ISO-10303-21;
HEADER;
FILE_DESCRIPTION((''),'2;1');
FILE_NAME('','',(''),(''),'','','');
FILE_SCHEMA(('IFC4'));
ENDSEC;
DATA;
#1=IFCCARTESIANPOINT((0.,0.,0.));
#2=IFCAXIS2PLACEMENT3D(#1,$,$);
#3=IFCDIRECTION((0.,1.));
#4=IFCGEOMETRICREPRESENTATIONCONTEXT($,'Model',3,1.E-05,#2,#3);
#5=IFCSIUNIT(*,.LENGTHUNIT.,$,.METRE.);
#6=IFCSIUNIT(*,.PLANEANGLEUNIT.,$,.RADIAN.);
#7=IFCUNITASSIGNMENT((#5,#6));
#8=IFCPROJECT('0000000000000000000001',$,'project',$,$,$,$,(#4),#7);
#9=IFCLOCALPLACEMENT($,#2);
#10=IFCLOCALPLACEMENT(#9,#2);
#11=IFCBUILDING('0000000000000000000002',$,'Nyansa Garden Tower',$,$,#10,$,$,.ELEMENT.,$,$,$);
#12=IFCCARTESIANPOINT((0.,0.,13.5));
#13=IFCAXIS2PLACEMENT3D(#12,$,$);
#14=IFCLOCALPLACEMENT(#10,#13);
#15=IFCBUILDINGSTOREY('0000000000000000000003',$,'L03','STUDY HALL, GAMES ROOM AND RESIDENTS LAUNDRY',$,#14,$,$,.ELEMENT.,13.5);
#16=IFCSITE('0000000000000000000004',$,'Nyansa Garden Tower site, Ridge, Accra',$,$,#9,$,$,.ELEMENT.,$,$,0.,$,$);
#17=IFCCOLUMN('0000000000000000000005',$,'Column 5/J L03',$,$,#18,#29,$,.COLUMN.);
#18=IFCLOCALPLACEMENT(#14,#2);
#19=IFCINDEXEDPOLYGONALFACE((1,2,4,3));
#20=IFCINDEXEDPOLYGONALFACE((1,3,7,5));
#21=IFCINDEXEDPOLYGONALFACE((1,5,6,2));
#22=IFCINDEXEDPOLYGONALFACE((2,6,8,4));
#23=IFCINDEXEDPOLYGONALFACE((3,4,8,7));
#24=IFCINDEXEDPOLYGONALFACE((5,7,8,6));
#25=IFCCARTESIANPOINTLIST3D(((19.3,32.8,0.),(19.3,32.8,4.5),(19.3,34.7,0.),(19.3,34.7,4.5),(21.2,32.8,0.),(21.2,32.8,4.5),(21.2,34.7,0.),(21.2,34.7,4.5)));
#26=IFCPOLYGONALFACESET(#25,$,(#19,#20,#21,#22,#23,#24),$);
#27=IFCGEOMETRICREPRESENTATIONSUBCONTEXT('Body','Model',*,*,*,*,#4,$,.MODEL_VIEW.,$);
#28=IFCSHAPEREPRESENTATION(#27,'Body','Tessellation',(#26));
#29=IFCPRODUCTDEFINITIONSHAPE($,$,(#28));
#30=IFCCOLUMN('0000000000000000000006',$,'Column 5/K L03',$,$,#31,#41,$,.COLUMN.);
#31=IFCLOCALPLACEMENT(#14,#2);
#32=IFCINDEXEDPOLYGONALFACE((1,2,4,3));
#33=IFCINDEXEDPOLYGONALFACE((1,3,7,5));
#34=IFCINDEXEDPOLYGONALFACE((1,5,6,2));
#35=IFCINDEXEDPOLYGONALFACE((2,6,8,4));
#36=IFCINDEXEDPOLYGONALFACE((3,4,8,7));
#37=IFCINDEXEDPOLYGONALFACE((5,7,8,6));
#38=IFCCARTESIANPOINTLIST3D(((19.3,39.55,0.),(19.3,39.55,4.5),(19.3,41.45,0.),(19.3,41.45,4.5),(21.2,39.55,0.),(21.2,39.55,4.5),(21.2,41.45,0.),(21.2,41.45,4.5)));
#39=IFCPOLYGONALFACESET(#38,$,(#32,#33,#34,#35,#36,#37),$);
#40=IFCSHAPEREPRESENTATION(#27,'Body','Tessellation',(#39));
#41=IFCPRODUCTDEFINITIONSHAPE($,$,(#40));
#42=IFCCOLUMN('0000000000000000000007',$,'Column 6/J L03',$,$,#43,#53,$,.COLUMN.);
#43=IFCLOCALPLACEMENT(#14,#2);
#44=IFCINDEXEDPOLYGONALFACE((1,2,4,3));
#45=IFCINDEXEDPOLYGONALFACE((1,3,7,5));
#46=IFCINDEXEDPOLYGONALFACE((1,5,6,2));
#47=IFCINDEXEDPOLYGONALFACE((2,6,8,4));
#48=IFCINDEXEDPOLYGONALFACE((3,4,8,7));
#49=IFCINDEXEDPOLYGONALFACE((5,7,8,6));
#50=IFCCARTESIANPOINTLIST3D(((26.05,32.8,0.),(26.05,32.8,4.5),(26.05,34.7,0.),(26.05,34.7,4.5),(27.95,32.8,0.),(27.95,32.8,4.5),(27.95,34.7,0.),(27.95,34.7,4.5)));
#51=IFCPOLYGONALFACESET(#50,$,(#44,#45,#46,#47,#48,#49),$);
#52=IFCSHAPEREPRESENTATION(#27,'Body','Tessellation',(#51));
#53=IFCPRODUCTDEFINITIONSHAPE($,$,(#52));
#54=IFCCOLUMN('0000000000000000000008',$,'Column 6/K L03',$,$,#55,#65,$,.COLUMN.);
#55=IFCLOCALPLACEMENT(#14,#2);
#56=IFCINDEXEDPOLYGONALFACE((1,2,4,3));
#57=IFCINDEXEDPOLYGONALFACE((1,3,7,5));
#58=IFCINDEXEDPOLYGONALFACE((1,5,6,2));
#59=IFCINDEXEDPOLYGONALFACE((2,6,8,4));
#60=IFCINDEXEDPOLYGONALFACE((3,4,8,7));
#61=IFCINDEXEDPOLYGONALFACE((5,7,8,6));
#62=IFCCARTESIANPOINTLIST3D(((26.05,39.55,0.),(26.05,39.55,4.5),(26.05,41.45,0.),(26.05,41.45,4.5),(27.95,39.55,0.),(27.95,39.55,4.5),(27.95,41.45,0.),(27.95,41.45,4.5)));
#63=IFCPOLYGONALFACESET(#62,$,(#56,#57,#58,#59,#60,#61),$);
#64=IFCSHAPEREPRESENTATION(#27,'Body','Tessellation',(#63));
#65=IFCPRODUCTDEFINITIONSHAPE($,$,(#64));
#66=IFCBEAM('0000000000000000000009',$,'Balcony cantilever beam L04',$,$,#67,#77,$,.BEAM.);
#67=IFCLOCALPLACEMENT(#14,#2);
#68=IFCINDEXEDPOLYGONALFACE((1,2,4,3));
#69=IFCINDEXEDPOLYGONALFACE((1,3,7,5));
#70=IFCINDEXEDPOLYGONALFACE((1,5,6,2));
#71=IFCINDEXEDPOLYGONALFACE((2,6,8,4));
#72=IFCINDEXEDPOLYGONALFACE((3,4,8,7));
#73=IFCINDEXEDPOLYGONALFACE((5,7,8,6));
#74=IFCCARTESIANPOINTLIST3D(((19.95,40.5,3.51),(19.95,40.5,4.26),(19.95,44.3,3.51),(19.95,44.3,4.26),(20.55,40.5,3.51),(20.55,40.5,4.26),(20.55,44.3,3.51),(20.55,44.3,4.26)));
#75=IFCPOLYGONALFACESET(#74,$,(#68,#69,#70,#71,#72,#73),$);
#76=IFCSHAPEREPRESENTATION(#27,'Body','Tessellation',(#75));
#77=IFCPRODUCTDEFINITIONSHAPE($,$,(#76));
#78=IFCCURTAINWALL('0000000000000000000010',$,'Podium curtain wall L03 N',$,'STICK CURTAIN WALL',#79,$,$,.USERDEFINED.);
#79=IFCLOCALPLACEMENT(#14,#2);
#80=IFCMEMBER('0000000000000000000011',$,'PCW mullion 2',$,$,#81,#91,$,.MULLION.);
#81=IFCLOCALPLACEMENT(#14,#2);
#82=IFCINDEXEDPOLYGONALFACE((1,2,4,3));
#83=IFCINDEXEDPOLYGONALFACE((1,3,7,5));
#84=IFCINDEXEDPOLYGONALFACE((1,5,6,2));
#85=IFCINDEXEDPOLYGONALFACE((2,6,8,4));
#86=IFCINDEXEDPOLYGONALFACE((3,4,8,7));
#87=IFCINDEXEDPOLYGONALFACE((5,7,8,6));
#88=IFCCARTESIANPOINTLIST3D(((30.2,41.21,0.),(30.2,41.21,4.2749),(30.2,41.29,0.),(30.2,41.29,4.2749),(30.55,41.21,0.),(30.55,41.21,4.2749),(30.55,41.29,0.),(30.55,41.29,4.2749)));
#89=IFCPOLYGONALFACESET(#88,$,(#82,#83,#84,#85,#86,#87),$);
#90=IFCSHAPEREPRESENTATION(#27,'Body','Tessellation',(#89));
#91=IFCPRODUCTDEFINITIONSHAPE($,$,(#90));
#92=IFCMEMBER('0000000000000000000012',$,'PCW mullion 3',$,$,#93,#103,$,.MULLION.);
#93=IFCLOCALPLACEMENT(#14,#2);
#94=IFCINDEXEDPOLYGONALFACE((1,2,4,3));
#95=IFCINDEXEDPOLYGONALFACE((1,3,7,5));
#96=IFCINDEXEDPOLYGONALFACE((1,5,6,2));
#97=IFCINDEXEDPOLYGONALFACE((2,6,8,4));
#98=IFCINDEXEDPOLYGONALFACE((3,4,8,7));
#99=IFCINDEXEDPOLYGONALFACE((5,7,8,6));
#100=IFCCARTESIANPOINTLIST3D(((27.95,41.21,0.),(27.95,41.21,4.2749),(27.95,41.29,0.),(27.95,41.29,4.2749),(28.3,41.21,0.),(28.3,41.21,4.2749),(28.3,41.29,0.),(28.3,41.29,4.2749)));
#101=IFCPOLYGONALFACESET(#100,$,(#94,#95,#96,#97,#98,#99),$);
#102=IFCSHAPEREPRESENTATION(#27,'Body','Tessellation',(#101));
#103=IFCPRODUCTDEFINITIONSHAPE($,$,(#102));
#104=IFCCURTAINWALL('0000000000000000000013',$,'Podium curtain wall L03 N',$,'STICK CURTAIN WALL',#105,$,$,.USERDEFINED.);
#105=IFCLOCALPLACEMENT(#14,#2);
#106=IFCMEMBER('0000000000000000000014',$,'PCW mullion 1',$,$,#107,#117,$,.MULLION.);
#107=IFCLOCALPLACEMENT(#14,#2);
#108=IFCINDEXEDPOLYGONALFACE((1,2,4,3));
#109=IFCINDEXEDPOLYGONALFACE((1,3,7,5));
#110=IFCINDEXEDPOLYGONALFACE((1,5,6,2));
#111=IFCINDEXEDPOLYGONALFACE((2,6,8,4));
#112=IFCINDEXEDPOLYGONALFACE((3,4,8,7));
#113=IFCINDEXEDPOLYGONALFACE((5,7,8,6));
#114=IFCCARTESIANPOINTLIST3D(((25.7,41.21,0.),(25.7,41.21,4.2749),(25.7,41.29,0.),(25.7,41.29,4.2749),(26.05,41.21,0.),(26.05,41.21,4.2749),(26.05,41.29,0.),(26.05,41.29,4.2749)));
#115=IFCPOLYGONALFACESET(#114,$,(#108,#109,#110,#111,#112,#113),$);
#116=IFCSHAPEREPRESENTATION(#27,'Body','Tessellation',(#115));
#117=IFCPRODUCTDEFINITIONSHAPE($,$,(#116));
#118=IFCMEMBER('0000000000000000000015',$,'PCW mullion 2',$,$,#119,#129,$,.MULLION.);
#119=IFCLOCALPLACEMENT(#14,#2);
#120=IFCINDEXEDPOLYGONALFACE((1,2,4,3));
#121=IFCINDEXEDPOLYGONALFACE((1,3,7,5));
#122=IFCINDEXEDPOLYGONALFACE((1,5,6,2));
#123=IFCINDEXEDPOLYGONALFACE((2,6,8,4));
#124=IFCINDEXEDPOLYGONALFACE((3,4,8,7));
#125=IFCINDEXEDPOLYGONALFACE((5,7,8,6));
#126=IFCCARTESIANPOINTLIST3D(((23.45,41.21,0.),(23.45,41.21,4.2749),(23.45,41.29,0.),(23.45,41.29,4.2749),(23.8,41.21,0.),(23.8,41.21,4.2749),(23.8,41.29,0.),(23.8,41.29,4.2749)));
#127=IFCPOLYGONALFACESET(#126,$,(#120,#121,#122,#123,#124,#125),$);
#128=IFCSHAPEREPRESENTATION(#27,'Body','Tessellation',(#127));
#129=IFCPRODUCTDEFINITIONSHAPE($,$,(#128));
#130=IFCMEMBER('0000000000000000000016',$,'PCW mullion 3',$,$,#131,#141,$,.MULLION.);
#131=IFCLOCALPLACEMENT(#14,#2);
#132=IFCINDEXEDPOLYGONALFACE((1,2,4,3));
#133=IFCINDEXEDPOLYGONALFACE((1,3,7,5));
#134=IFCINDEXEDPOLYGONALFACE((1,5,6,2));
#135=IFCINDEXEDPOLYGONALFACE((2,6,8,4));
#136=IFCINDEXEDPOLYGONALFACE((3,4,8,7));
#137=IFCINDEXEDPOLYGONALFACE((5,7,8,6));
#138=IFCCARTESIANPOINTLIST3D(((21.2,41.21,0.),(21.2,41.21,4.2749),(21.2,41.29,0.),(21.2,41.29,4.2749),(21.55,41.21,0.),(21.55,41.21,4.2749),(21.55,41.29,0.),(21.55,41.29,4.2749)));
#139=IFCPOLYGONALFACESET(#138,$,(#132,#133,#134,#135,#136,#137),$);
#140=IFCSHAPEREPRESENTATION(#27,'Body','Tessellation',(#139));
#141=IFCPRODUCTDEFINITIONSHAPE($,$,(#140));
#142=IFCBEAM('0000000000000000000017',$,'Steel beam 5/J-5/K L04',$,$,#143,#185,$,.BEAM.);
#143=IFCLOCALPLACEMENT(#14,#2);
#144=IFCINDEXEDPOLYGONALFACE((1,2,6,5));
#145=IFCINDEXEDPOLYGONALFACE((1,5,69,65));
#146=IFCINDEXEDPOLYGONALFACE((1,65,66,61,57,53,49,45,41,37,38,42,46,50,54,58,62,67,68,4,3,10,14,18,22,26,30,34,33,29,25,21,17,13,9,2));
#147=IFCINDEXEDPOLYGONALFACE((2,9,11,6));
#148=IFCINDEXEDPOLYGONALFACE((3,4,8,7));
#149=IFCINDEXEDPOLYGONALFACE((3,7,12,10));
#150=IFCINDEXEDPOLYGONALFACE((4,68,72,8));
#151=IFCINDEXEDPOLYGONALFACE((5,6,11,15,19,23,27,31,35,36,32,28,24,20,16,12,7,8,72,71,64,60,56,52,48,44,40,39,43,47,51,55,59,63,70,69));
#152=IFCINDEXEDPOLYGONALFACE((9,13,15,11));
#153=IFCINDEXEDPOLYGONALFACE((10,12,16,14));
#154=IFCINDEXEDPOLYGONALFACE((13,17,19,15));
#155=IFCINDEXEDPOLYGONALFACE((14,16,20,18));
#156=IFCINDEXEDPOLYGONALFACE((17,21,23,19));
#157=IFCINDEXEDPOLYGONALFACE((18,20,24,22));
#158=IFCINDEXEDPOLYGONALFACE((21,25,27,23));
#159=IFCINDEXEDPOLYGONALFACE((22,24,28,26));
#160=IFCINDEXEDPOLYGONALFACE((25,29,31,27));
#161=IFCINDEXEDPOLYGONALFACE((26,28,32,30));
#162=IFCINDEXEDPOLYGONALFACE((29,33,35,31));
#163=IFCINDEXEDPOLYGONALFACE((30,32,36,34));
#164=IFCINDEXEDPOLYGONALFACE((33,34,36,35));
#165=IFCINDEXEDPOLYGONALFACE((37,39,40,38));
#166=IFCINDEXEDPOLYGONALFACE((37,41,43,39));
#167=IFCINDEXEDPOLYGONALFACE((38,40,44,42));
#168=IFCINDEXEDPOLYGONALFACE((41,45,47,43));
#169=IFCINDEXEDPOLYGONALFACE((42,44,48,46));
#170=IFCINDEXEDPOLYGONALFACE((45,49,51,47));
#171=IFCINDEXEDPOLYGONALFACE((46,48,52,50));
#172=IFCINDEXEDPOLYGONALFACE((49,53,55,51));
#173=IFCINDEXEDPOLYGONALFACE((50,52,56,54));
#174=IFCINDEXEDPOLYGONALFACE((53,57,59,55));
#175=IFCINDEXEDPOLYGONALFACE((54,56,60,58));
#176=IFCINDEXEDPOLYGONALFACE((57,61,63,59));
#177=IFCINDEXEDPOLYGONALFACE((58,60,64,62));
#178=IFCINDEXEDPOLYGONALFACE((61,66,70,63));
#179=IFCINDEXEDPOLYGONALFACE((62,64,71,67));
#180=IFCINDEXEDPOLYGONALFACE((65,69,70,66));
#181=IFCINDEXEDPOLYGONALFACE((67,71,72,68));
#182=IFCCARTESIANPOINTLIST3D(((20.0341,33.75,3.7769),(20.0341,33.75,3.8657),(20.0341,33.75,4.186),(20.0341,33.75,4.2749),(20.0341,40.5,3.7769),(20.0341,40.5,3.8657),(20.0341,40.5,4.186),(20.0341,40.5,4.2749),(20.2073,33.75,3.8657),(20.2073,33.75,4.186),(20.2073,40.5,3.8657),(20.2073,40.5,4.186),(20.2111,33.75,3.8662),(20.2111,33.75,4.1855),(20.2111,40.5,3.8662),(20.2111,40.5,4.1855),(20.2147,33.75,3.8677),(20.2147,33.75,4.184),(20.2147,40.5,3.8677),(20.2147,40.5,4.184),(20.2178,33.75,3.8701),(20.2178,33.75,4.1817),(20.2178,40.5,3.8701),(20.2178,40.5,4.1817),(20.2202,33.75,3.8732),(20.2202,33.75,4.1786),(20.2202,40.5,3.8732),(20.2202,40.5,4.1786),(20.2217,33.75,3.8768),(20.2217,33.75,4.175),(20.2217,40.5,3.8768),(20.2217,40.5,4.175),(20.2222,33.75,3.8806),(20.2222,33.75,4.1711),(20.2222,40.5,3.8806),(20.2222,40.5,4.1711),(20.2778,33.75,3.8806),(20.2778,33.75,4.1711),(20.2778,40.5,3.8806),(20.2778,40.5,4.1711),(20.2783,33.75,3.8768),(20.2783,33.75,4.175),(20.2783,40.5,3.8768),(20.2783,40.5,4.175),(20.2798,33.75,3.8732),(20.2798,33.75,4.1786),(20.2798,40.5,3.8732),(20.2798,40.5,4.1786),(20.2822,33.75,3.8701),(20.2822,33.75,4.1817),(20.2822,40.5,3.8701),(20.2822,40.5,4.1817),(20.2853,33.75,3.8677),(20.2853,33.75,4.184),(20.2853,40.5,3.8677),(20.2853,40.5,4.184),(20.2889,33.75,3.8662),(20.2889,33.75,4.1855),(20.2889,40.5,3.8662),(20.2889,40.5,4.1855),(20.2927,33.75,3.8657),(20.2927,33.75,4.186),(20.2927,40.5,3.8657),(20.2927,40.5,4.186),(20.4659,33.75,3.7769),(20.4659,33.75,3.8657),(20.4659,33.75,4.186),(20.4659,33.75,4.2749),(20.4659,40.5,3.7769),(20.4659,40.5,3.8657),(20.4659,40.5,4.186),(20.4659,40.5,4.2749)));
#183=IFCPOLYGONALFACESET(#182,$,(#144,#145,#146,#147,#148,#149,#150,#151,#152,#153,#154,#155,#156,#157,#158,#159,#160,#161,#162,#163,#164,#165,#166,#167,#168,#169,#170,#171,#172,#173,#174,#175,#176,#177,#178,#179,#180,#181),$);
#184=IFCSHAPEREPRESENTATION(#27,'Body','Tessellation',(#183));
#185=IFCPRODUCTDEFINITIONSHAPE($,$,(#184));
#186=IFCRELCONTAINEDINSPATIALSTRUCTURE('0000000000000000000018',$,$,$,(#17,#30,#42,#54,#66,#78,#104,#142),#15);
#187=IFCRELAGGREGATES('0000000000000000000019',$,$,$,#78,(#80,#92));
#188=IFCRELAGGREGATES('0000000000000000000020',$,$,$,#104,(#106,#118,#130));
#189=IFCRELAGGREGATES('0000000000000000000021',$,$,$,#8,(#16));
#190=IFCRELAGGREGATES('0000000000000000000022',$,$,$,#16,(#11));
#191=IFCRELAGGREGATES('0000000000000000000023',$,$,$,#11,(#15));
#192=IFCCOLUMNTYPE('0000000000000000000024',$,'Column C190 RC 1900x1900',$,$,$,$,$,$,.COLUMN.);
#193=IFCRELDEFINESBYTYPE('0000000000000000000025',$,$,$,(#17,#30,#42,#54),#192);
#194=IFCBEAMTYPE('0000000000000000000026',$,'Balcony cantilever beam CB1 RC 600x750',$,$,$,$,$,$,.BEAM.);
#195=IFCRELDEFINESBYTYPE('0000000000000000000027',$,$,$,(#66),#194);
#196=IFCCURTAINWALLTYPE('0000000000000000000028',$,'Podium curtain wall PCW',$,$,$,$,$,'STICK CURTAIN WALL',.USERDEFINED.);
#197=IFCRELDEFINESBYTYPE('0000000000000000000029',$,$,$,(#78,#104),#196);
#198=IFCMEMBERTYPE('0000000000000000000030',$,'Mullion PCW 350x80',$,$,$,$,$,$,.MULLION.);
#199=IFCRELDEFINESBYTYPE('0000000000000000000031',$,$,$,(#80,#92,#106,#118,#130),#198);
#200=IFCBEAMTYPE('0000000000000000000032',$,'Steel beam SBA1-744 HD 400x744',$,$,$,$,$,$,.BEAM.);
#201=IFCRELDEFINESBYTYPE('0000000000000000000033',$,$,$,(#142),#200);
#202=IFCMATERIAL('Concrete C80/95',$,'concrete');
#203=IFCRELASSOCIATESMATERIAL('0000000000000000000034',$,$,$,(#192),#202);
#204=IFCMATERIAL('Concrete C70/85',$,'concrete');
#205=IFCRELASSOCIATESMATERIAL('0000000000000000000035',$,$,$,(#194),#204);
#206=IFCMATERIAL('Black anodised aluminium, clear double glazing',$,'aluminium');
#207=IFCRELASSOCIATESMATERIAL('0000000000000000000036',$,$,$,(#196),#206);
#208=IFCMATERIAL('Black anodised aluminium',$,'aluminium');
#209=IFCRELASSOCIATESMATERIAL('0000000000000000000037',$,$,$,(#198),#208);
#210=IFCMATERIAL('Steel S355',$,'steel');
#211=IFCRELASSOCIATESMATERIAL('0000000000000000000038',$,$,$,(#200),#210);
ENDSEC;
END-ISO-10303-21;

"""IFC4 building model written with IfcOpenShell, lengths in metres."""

from ifc_helpers import new_model, si_unit, direction, frame, origin, origin_2d, place, context, subcontext, project, spatial, rectangle, i_section, extrude, material, material_profile, profile_set, type_object, element, aggregate, save


model = new_model("IFC4")

# Units and contexts
model_context = context("Model", 3, precision=1e-05, world=origin(), true_north=direction((0.0, 1.0)))
body_context = subcontext(model_context, "Body", "Model", "MODEL_VIEW")
ifc_project = project(units=[si_unit("LENGTHUNIT", "METRE"), si_unit("PLANEANGLEUNIT", "RADIAN")], contexts=[model_context])

# Site, building, storey
site_placement = place(None, origin())
site = spatial("IfcSite", under=ifc_project, at=site_placement, Name="Nyansa Garden Tower site, Ridge, Accra", CompositionType="ELEMENT", RefElevation=0.0)
building_placement = place(site_placement, origin())
building = spatial("IfcBuilding", under=site, at=building_placement, Name="Nyansa Garden Tower", CompositionType="ELEMENT")
storey_placement = place(building_placement, frame((0.0, 0.0, 13.5)))
storey = spatial("IfcBuildingStorey", under=building, at=storey_placement, Name="L03", Description="STUDY HALL, GAMES ROOM AND RESIDENTS LAUNDRY", CompositionType="ELEMENT", Elevation=13.5)

# Columns
ifc_material_1 = material(Name="Concrete C80/95", Category="concrete")
ifc_material_profile_1 = material_profile(ifc_material_1, rectangle(XDim=1.8999, YDim=1.8999, at=origin_2d()), Name="RC 1900x1900")
ifc_profile_set_1 = profile_set([ifc_material_profile_1], Name="Concrete C80/95")
column_type = type_object("IfcColumnType", Name="Column C190 RC 1900x1900", PredefinedType="COLUMN", material=ifc_profile_set_1)
for number, where, z_axis, x_axis, name in (
    (1, (20.25, 33.75, 0.0), (0.0, 0.0, 1.0), (1.0, 0.0, 0.0), "Column 5/J L03"),
    (2, (20.25, 40.5, 0.0), (0.0, 0.0, 1.0), (1.0, 0.0, 0.0), "Column 5/K L03"),
    (3, (27.0, 33.75, 0.0), (0.0, 0.0, 1.0), (1.0, 0.0, 0.0), "Column 6/J L03"),
    (4, (27.0, 40.5, 0.0), (0.0, 0.0, 1.0), (1.0, 0.0, 0.0), "Column 6/K L03"),
):
    element("IfcColumn", number, at=place(storey_placement, frame(where, z_axis=z_axis, x_axis=x_axis)), inside=storey, type_object=column_type, Name=name, PredefinedType="COLUMN", context=body_context, shape_type="SweptSolid", body=[
        extrude(rectangle(XDim=1.8999, YDim=1.8999, at=origin_2d()), origin(), (0.0, 0.0, 1.0), 4.5),
    ])

# Beam
ifc_material_2 = material(Name="Concrete C70/85", Category="concrete")
ifc_material_profile_2 = material_profile(ifc_material_2, rectangle(XDim=0.6001, YDim=0.75, at=origin_2d()), Name="RC 600x750")
ifc_profile_set_2 = profile_set([ifc_material_profile_2], Name="Concrete C70/85")
beam_type_1 = type_object("IfcBeamType", Name="Balcony cantilever beam CB1 RC 600x750", PredefinedType="BEAM", material=ifc_profile_set_2)
beam_placement = place(storey_placement, frame((20.25, 40.5, 3.885), z_axis=(0.0, 1.0, 0.0), x_axis=(-1.0, 0.0, 0.0)))
element("IfcBeam", 5, at=beam_placement, inside=storey, type_object=beam_type_1, Name="Balcony cantilever beam L04", PredefinedType="BEAM", context=body_context, shape_type="SweptSolid", body=[
    extrude(rectangle(XDim=0.6001, YDim=0.75, at=origin_2d()), origin(), (0.0, 0.0, 1.0), 3.8),
])

# Curtain walls, members
ifc_material_3 = material(Name="Black anodised aluminium, clear double glazing", Category="aluminium")
curtain_wall_type = type_object("IfcCurtainWallType", Name="Podium curtain wall PCW", ElementType="STICK CURTAIN WALL", PredefinedType="USERDEFINED", material=ifc_material_3)
curtain_wall_1_placement = place(storey_placement, origin())
curtain_wall_1 = element("IfcCurtainWall", 6, at=curtain_wall_1_placement, inside=storey, type_object=curtain_wall_type, Name="Podium curtain wall L03 N", ObjectType="STICK CURTAIN WALL", PredefinedType="USERDEFINED")
ifc_material_4 = material(Name="Black anodised aluminium", Category="aluminium")
ifc_material_profile_3 = material_profile(ifc_material_4, rectangle(XDim=0.0801, YDim=0.3501, at=origin_2d()), Name="Mullion 350x80")
ifc_profile_set_3 = profile_set([ifc_material_profile_3], Name="Black anodised aluminium")
member_type_1 = type_object("IfcMemberType", Name="Mullion PCW 350x80", PredefinedType="MULLION", material=ifc_profile_set_3)
member_1_placement = place(storey_placement, frame((30.375, 41.25, 0.0), z_axis=(0.0, 0.0, 1.0), x_axis=(0.0, -1.0, 0.0)))
member_1 = element("IfcMember", 7, at=member_1_placement, type_object=member_type_1, Name="PCW mullion 2", PredefinedType="MULLION", context=body_context, shape_type="SweptSolid", body=[
    extrude(rectangle(XDim=0.0801, YDim=0.3501, at=origin_2d()), origin(), (0.0, 0.0, 1.0), 4.2749),
])
member_2_placement = place(storey_placement, frame((28.125, 41.25, 0.0), z_axis=(0.0, 0.0, 1.0), x_axis=(0.0, -1.0, 0.0)))
member_2 = element("IfcMember", 8, at=member_2_placement, type_object=member_type_1, Name="PCW mullion 3", PredefinedType="MULLION", context=body_context, shape_type="SweptSolid", body=[
    extrude(rectangle(XDim=0.0801, YDim=0.3501, at=origin_2d()), origin(), (0.0, 0.0, 1.0), 4.2749),
])
curtain_wall_2_placement = place(storey_placement, origin())
curtain_wall_2 = element("IfcCurtainWall", 9, at=curtain_wall_2_placement, inside=storey, type_object=curtain_wall_type, Name="Podium curtain wall L03 N", ObjectType="STICK CURTAIN WALL", PredefinedType="USERDEFINED")
member_3_placement = place(storey_placement, frame((25.875, 41.25, 0.0), z_axis=(0.0, 0.0, 1.0), x_axis=(0.0, -1.0, 0.0)))
member_3 = element("IfcMember", 10, at=member_3_placement, type_object=member_type_1, Name="PCW mullion 1", PredefinedType="MULLION", context=body_context, shape_type="SweptSolid", body=[
    extrude(rectangle(XDim=0.0801, YDim=0.3501, at=origin_2d()), origin(), (0.0, 0.0, 1.0), 4.2749),
])
member_4_placement = place(storey_placement, frame((23.625, 41.25, 0.0), z_axis=(0.0, 0.0, 1.0), x_axis=(0.0, -1.0, 0.0)))
member_4 = element("IfcMember", 11, at=member_4_placement, type_object=member_type_1, Name="PCW mullion 2", PredefinedType="MULLION", context=body_context, shape_type="SweptSolid", body=[
    extrude(rectangle(XDim=0.0801, YDim=0.3501, at=origin_2d()), origin(), (0.0, 0.0, 1.0), 4.2749),
])
member_5_placement = place(storey_placement, frame((21.375, 41.25, 0.0), z_axis=(0.0, 0.0, 1.0), x_axis=(0.0, -1.0, 0.0)))
member_5 = element("IfcMember", 12, at=member_5_placement, type_object=member_type_1, Name="PCW mullion 3", PredefinedType="MULLION", context=body_context, shape_type="SweptSolid", body=[
    extrude(rectangle(XDim=0.0801, YDim=0.3501, at=origin_2d()), origin(), (0.0, 0.0, 1.0), 4.2749),
])

# Beam
ifc_material_5 = material(Name="Steel S355", Category="steel")
ifc_material_profile_4 = material_profile(ifc_material_5, i_section(OverallWidth=0.4319, OverallDepth=0.498, WebThickness=0.0557, FlangeThickness=0.0889, FilletRadius=0.0149, at=origin_2d()), Name="HD 400x744")
ifc_profile_set_4 = profile_set([ifc_material_profile_4], Name="Steel S355")
beam_type_2 = type_object("IfcBeamType", Name="Steel beam SBA1-744 HD 400x744", PredefinedType="BEAM", material=ifc_profile_set_4)
for number, where, z_axis, x_axis, name in (
    (13, (20.25, 33.75, 4.0259), (0.0, 1.0, 0.0), (-1.0, 0.0, 0.0), "Steel beam 5/J-5/K L04"),
):
    element("IfcBeam", number, at=place(storey_placement, frame(where, z_axis=z_axis, x_axis=x_axis)), inside=storey, type_object=beam_type_2, Name=name, PredefinedType="BEAM", context=body_context, shape_type="SweptSolid", body=[
        extrude(i_section(OverallWidth=0.4319, OverallDepth=0.498, WebThickness=0.0557, FlangeThickness=0.0889, FilletRadius=0.0149, at=origin_2d()), origin(), (0.0, 0.0, 1.0), 6.75),
    ])

aggregate(curtain_wall_1, [member_1, member_2])
aggregate(curtain_wall_2, [member_3, member_4, member_5])

save(model, "model.ifc")
